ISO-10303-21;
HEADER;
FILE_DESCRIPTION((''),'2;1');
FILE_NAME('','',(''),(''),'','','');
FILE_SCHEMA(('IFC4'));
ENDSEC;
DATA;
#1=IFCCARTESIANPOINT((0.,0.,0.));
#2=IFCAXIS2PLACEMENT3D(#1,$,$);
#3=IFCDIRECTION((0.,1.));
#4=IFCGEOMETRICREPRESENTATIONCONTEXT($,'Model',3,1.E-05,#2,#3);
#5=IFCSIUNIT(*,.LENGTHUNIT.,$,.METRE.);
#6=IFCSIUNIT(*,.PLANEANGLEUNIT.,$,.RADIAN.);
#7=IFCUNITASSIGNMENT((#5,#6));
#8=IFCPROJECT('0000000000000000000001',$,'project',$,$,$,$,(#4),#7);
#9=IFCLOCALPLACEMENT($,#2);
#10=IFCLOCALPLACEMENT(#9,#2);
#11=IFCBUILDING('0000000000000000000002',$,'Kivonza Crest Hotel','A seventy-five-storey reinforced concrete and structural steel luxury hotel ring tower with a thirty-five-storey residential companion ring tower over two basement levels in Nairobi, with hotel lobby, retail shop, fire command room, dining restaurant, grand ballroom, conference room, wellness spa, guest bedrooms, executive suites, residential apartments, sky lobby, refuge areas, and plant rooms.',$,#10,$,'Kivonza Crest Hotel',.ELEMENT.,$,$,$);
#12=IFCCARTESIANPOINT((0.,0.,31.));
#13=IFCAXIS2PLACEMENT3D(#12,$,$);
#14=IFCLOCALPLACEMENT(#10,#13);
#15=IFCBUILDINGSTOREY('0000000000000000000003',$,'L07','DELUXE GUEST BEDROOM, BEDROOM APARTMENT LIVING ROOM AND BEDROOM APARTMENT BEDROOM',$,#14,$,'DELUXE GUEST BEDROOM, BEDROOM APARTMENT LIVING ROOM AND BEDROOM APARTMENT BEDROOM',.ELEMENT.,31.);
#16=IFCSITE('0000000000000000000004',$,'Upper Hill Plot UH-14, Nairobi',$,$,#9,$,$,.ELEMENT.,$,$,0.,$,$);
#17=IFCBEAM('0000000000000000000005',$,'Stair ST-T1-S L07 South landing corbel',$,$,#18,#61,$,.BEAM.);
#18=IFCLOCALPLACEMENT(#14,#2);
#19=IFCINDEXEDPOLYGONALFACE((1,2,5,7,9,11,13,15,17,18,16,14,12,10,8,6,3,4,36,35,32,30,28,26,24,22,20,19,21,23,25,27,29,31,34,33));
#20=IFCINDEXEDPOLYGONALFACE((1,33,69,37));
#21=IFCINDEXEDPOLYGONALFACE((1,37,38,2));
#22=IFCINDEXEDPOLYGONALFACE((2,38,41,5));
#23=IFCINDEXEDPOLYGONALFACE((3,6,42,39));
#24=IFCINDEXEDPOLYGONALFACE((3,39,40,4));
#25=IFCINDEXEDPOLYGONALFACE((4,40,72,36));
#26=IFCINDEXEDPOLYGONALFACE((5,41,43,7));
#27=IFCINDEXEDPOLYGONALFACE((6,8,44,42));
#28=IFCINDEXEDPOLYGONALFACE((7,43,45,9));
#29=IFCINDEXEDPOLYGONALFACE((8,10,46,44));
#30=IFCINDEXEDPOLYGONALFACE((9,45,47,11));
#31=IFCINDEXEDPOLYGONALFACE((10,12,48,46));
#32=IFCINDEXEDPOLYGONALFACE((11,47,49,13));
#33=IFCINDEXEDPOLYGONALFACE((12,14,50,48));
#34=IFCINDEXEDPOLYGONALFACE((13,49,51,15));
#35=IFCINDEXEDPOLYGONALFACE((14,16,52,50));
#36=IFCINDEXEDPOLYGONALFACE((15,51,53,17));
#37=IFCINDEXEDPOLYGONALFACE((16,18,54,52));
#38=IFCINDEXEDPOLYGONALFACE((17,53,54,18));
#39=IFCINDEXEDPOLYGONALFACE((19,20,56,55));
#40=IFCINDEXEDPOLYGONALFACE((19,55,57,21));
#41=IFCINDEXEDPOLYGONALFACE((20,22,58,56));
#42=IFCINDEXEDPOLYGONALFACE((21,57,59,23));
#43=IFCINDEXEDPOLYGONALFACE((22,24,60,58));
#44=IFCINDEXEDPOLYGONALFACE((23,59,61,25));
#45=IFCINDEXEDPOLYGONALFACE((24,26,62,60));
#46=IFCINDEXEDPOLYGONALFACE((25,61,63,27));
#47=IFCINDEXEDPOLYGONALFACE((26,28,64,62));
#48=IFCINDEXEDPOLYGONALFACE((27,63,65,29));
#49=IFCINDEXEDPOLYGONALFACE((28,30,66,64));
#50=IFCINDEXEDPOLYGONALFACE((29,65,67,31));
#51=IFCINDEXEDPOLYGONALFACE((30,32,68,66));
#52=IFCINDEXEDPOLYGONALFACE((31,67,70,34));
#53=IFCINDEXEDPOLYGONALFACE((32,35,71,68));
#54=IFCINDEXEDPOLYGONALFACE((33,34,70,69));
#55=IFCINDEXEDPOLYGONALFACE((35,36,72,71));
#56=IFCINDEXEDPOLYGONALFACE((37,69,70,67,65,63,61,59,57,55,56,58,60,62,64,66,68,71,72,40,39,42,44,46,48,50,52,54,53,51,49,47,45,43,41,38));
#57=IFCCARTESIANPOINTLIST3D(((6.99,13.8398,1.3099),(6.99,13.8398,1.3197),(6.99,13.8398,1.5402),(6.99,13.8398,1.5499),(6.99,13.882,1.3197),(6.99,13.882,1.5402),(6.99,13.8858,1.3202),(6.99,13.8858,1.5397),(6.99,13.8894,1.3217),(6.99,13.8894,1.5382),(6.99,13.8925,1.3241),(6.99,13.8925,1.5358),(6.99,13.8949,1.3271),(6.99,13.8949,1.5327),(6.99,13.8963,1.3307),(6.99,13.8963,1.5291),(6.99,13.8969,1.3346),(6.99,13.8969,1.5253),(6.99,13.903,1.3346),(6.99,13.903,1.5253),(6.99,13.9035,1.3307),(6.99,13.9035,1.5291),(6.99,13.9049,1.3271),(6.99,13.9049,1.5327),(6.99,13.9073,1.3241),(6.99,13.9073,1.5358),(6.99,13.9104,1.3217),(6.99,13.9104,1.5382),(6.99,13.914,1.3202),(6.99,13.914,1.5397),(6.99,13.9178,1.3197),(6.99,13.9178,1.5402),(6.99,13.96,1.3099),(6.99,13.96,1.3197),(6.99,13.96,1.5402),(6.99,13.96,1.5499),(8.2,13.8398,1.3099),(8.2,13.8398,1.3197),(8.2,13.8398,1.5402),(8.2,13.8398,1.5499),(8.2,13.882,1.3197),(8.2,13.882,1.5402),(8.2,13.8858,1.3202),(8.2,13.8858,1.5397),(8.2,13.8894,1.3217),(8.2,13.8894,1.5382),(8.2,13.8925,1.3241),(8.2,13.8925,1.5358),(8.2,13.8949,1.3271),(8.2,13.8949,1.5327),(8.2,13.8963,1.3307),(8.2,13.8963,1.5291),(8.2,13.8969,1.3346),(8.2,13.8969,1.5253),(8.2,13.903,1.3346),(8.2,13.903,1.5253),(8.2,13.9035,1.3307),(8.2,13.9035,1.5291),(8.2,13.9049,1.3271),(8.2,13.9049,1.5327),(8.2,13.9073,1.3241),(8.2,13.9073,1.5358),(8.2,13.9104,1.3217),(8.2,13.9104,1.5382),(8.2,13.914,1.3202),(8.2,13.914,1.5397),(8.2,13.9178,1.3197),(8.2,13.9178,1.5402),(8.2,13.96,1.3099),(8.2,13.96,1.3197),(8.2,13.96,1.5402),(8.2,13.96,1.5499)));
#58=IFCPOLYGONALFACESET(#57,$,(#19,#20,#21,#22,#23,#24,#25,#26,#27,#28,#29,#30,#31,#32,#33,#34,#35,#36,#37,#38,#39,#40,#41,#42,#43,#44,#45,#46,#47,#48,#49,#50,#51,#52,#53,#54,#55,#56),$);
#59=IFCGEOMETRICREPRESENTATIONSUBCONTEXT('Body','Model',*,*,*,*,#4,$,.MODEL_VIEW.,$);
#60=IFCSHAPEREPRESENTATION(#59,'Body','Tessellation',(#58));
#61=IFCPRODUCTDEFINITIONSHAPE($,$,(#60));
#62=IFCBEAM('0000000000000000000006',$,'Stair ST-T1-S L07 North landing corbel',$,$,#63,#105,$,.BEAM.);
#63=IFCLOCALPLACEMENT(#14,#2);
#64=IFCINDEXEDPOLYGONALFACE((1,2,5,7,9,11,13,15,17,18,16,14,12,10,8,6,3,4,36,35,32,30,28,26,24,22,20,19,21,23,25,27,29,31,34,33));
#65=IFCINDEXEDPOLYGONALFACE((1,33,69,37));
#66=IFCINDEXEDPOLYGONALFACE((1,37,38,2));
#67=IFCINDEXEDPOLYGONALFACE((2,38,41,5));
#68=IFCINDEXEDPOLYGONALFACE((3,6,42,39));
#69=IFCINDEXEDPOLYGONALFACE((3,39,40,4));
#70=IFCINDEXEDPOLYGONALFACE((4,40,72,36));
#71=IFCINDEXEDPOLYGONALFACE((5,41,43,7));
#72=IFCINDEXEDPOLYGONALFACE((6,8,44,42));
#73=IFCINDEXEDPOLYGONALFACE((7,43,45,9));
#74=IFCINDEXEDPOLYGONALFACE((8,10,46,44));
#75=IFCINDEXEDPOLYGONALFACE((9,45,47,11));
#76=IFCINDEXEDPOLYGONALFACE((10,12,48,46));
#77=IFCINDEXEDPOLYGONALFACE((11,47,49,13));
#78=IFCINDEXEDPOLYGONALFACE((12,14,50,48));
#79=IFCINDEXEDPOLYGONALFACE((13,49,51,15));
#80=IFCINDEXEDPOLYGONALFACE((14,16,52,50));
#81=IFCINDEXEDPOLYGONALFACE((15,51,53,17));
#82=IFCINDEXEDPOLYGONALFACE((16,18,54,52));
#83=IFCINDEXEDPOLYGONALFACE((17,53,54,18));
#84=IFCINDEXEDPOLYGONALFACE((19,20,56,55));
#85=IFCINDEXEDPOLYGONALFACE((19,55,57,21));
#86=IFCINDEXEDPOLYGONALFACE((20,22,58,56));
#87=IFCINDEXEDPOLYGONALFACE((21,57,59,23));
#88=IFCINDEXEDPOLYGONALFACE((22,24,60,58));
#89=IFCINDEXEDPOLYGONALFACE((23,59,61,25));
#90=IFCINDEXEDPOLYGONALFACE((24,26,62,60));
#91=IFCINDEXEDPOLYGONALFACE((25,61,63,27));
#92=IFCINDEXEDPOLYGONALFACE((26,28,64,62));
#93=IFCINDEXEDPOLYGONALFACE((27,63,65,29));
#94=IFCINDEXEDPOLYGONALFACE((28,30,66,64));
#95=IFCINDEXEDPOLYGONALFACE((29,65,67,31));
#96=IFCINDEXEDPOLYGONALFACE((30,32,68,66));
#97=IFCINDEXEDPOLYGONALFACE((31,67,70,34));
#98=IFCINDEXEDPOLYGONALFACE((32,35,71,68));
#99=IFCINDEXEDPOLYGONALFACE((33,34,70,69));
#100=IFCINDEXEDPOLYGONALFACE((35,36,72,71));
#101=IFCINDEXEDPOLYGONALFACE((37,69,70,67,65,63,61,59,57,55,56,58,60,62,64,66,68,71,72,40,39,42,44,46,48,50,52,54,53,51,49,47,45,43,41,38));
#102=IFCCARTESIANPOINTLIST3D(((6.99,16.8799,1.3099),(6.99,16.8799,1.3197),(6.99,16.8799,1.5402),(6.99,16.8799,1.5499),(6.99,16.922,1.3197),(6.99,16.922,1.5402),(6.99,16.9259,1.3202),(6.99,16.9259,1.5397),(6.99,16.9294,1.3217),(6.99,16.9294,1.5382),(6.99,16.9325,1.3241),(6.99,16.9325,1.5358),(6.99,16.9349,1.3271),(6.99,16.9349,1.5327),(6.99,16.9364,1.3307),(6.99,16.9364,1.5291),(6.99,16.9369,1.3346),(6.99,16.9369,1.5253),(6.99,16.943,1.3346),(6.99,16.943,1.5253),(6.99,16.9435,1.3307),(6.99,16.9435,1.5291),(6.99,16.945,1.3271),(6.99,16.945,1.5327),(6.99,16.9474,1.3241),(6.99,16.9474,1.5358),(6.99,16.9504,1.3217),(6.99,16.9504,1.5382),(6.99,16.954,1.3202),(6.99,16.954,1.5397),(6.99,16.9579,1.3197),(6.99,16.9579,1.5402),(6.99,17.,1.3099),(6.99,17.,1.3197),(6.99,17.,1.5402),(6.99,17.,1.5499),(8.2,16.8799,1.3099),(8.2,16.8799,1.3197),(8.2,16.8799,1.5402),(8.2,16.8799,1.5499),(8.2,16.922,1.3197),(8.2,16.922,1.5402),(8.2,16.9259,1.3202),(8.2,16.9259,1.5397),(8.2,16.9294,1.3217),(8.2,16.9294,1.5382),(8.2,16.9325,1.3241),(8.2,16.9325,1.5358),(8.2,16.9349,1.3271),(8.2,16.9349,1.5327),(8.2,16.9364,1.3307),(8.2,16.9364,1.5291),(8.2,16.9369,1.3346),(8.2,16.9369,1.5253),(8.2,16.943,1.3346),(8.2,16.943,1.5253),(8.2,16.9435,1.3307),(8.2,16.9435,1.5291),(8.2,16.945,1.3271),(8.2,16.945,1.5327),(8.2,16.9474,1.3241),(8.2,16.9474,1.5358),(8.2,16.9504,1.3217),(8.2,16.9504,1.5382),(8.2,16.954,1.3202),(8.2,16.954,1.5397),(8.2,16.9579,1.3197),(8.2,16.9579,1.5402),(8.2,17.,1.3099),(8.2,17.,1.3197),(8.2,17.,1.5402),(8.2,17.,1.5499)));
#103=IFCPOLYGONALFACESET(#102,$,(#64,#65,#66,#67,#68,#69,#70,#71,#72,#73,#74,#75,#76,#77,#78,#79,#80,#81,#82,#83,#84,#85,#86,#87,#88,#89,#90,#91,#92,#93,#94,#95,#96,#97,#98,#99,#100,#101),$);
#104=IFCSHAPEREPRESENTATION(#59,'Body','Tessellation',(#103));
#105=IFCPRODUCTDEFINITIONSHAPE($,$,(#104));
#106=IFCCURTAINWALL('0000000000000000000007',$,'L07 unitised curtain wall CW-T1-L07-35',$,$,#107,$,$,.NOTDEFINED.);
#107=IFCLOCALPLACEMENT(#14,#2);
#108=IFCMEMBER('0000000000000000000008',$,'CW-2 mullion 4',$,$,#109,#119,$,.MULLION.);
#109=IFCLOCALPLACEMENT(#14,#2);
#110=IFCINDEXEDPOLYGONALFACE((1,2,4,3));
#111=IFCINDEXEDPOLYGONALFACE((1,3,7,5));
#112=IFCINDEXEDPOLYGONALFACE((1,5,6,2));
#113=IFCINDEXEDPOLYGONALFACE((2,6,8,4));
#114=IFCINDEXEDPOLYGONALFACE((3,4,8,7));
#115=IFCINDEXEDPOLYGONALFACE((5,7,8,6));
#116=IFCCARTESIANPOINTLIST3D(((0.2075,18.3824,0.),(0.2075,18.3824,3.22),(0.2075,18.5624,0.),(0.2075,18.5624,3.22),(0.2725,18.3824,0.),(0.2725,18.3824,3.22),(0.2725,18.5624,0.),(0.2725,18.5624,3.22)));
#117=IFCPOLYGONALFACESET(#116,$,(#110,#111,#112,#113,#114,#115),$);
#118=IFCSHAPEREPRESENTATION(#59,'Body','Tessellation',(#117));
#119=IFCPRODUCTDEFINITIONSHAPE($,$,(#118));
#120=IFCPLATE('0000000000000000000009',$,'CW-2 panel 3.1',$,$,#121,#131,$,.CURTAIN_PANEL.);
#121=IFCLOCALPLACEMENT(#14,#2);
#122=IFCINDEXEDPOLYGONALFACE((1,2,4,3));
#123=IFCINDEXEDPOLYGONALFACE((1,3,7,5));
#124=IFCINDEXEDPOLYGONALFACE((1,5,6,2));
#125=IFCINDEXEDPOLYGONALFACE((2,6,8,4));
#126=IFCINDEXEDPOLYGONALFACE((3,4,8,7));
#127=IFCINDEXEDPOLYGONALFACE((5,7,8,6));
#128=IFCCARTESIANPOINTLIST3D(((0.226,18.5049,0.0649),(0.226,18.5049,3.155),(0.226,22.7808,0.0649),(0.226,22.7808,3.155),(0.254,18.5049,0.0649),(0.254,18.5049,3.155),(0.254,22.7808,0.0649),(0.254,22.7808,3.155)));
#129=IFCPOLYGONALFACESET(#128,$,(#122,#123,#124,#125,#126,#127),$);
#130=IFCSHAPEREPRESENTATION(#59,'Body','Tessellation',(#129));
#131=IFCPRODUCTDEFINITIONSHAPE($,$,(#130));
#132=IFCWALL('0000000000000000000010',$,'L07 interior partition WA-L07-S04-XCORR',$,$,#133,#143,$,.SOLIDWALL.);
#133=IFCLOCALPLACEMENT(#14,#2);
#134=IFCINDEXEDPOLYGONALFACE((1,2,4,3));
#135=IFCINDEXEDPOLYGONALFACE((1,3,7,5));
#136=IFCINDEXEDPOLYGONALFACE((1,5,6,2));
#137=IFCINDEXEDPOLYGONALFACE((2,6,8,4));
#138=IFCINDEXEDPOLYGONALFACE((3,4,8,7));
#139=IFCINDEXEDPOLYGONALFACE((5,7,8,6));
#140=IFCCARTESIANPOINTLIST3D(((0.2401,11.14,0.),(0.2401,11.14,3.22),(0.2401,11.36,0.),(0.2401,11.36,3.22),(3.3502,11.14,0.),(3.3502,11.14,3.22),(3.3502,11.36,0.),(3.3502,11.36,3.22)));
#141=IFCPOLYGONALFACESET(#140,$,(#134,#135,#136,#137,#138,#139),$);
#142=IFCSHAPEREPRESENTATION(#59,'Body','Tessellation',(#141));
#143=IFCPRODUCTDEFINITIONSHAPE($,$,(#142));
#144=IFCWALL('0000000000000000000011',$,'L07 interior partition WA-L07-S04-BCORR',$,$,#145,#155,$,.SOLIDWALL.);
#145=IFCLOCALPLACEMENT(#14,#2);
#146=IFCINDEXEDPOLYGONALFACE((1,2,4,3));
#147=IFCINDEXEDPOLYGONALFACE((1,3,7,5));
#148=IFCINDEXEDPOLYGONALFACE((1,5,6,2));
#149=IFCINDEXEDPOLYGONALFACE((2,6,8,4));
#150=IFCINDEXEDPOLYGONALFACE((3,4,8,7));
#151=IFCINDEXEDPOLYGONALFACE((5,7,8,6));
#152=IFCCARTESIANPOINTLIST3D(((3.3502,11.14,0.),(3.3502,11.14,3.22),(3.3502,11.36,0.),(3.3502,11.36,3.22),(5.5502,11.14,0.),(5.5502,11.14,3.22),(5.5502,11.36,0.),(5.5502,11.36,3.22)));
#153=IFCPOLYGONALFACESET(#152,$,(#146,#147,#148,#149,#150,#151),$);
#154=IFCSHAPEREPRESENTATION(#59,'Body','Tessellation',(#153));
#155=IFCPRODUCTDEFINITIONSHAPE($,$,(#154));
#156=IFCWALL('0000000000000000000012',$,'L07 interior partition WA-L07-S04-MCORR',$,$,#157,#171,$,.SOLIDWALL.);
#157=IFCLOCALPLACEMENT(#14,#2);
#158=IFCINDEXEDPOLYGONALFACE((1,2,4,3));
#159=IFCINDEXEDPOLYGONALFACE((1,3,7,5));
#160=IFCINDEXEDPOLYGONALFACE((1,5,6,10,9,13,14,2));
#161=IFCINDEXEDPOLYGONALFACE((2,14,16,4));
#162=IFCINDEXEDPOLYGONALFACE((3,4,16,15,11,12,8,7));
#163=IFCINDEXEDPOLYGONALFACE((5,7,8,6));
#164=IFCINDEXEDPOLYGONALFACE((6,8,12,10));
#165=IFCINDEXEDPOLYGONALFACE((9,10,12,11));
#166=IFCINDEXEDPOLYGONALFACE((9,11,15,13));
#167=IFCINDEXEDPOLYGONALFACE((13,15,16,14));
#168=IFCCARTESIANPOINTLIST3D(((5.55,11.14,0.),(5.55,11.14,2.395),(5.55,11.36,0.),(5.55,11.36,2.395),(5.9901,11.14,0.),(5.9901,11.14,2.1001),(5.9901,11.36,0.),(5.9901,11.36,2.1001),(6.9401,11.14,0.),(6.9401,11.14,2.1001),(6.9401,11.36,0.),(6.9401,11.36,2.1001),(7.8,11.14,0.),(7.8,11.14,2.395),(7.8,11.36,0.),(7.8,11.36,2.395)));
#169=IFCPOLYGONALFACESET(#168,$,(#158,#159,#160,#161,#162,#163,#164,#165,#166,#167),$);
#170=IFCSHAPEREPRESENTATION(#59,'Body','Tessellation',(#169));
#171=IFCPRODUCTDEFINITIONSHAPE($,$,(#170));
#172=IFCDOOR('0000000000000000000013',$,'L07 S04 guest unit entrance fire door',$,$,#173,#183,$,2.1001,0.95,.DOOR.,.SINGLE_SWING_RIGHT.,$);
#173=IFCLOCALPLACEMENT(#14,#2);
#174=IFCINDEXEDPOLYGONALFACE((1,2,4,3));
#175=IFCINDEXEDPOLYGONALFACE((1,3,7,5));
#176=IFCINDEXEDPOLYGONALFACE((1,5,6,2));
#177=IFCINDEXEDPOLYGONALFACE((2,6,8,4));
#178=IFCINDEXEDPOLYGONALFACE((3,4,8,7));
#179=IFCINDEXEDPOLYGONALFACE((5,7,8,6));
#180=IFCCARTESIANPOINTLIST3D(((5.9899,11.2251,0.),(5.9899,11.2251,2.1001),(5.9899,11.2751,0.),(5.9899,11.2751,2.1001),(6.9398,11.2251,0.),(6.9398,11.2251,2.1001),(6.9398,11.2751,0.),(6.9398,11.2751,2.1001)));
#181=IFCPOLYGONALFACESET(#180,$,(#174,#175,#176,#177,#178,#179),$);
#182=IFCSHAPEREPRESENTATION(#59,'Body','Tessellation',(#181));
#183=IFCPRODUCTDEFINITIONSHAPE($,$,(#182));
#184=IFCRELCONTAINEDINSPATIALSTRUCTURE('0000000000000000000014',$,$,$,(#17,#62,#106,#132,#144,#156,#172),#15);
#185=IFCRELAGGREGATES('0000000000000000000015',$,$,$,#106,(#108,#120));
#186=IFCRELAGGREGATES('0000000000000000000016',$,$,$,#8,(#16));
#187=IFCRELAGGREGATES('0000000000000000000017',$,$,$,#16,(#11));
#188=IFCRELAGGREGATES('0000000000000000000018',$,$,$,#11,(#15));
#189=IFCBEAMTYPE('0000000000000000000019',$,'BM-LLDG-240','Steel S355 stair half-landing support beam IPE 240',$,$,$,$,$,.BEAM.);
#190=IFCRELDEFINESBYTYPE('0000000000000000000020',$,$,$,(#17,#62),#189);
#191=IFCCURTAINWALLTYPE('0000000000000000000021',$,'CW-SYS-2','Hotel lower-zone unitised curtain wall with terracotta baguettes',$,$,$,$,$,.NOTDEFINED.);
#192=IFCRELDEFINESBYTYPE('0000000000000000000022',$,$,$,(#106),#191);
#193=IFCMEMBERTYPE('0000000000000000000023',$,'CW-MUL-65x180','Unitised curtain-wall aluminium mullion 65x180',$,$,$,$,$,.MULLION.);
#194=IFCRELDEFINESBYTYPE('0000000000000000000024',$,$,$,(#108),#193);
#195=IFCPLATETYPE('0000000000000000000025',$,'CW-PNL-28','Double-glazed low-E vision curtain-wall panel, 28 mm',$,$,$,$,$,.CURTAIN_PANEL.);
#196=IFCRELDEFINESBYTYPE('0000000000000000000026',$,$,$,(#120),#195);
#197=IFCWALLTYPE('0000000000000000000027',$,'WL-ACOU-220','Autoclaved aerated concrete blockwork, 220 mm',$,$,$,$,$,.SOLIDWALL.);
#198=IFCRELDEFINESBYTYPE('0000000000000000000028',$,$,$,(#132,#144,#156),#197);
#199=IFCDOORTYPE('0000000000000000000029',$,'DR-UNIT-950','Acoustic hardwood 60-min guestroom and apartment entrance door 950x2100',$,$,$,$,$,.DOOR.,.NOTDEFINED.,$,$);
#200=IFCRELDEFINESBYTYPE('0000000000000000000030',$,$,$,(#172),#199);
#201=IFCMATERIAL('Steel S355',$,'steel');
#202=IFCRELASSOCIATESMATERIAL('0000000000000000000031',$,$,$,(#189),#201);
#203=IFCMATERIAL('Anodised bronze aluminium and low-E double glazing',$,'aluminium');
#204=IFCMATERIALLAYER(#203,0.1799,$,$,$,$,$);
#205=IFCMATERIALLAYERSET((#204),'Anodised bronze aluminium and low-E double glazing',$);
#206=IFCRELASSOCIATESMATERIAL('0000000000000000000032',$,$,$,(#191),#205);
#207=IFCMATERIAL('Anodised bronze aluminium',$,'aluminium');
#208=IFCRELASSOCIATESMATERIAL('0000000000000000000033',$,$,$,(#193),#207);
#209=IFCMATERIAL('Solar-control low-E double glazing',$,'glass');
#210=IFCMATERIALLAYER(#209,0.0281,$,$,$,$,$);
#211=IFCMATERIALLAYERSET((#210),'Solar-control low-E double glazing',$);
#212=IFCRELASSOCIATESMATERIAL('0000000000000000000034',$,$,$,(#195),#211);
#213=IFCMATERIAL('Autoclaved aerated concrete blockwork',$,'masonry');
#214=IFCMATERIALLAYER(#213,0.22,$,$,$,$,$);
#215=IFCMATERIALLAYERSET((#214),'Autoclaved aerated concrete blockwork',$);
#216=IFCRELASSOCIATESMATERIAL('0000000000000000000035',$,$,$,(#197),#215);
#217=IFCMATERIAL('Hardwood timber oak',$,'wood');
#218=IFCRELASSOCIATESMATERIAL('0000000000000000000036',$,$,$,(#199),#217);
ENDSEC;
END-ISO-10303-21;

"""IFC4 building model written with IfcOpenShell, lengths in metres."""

from ifc_helpers import new_model, si_unit, direction, frame, frame_2d, origin, origin_2d, place, context, subcontext, project, spatial, rectangle, i_section, extrude, material, layer, layer_set, material_profile, profile_set, type_object, element, fill, aggregate, save


model = new_model("IFC4")

# Units and contexts
model_context = context("Model", 3, precision=1e-05, world=origin(), true_north=direction((0.0, 1.0)))
body_context = subcontext(model_context, "Body", "Model", "MODEL_VIEW")
ifc_project = project(units=[si_unit("LENGTHUNIT", "METRE"), si_unit("PLANEANGLEUNIT", "RADIAN")], contexts=[model_context])

# Site, building, storey
site_placement = place(None, origin())
site = spatial("IfcSite", under=ifc_project, at=site_placement, Name="Upper Hill Plot UH-14, Nairobi", CompositionType="ELEMENT", RefElevation=0.0)
building_placement = place(site_placement, origin())
building = spatial("IfcBuilding", under=site, at=building_placement, Name="Kivonza Crest Hotel", Description="A seventy-five-storey reinforced concrete and structural steel luxury hotel ring tower with a thirty-five-storey residential companion ring tower over two basement levels in Nairobi, with hotel lobby, retail shop, fire command room, dining restaurant, grand ballroom, conference room, wellness spa, guest bedrooms, executive suites, residential apartments, sky lobby, refuge areas, and plant rooms.", LongName="Kivonza Crest Hotel", CompositionType="ELEMENT")
storey_placement = place(building_placement, frame((0.0, 0.0, 31.0)))
storey = spatial("IfcBuildingStorey", under=building, at=storey_placement, Name="L07", Description="DELUXE GUEST BEDROOM, BEDROOM APARTMENT LIVING ROOM AND BEDROOM APARTMENT BEDROOM", LongName="DELUXE GUEST BEDROOM, BEDROOM APARTMENT LIVING ROOM AND BEDROOM APARTMENT BEDROOM", CompositionType="ELEMENT", Elevation=31.0)

# Beams
ifc_material_1 = material(Name="Steel S355", Category="steel")
ifc_material_profile_1 = material_profile(ifc_material_1, i_section(OverallWidth=0.1201, OverallDepth=0.24, WebThickness=0.0061, FlangeThickness=0.0098, FilletRadius=0.0149, at=origin_2d()), Name="IPE 240")
ifc_profile_set_1 = profile_set([ifc_material_profile_1], Name="Steel S355")
beam_type_1 = type_object("IfcBeamType", Name="BM-LLDG-240", Description="Steel S355 stair half-landing support beam IPE 240", PredefinedType="BEAM", material=ifc_profile_set_1)
for number, where, z_axis, x_axis, name in (
    (1, (6.99, 13.8999, 1.4299), (1.0, 0.0, 0.0), (0.0, 1.0, 0.0), "Stair ST-T1-S L07 South landing corbel"),
    (2, (6.99, 16.9399, 1.4299), (1.0, 0.0, 0.0), (0.0, 1.0, 0.0), "Stair ST-T1-S L07 North landing corbel"),
):
    element("IfcBeam", number, at=place(storey_placement, frame(where, z_axis=z_axis, x_axis=x_axis)), inside=storey, type_object=beam_type_1, Name=name, PredefinedType="BEAM", context=body_context, shape_type="SweptSolid", body=[
        extrude(i_section(OverallWidth=0.1201, OverallDepth=0.24, WebThickness=0.0061, FlangeThickness=0.0098, FilletRadius=0.0149, at=origin_2d()), origin(), (0.0, 0.0, 1.0), 1.21),
    ])

# Curtain wall, member, plate
ifc_material_2 = material(Name="Anodised bronze aluminium and low-E double glazing", Category="aluminium")
ifc_layer_1 = layer(ifc_material_2, 0.1799)
ifc_layer_set_1 = layer_set([ifc_layer_1], Name="Anodised bronze aluminium and low-E double glazing")
curtain_wall_type = type_object("IfcCurtainWallType", Name="CW-SYS-2", Description="Hotel lower-zone unitised curtain wall with terracotta baguettes", PredefinedType="NOTDEFINED", material=ifc_layer_set_1)
curtain_wall_placement = place(storey_placement, origin())
curtain_wall = element("IfcCurtainWall", 3, at=curtain_wall_placement, inside=storey, type_object=curtain_wall_type, Name="L07 unitised curtain wall CW-T1-L07-35", PredefinedType="NOTDEFINED")
ifc_material_3 = material(Name="Anodised bronze aluminium", Category="aluminium")
ifc_material_profile_2 = material_profile(ifc_material_3, rectangle(XDim=0.0649, YDim=0.1799, at=origin_2d()), Name="CW-M 65x180")
ifc_profile_set_2 = profile_set([ifc_material_profile_2], Name="Anodised bronze aluminium")
member_type = type_object("IfcMemberType", Name="CW-MUL-65x180", Description="Unitised curtain-wall aluminium mullion 65x180", PredefinedType="MULLION", material=ifc_profile_set_2)
member_placement = place(storey_placement, frame((0.24, 18.4724, 0.0), z_axis=(0.0, 0.0, 1.0), x_axis=(1.0, 0.0, 0.0)))
member = element("IfcMember", 4, at=member_placement, type_object=member_type, Name="CW-2 mullion 4", PredefinedType="MULLION", context=body_context, shape_type="SweptSolid", body=[
    extrude(rectangle(XDim=0.0649, YDim=0.1799, at=origin_2d()), origin(), (0.0, 0.0, 1.0), 3.22),
])
ifc_material_4 = material(Name="Solar-control low-E double glazing", Category="glass")
ifc_layer_2 = layer(ifc_material_4, 0.0281)
ifc_layer_set_2 = layer_set([ifc_layer_2], Name="Solar-control low-E double glazing")
plate_type = type_object("IfcPlateType", Name="CW-PNL-28", Description="Double-glazed low-E vision curtain-wall panel, 28 mm", PredefinedType="CURTAIN_PANEL", material=ifc_layer_set_2)
plate_placement = place(storey_placement, frame((0.24, 20.6428, 0.0649), z_axis=(0.0, 0.0, 1.0), x_axis=(0.0, -1.0, 0.0)))
plate = element("IfcPlate", 5, at=plate_placement, type_object=plate_type, Name="CW-2 panel 3.1", PredefinedType="CURTAIN_PANEL", context=body_context, shape_type="SweptSolid", body=[
    extrude(rectangle(XDim=4.2759, YDim=0.0281, at=origin_2d()), origin(), (0.0, 0.0, 1.0), 3.0901),
])
aggregate(curtain_wall, [member, plate])

# Walls
ifc_material_5 = material(Name="Autoclaved aerated concrete blockwork", Category="masonry")
ifc_layer_3 = layer(ifc_material_5, 0.22)
ifc_layer_set_3 = layer_set([ifc_layer_3], Name="Autoclaved aerated concrete blockwork")
wall_type_1 = type_object("IfcWallType", Name="WL-ACOU-220", Description="Autoclaved aerated concrete blockwork, 220 mm", PredefinedType="SOLIDWALL", material=ifc_layer_set_3)
wall_1_placement = place(storey_placement, frame((0.24, 11.25, 0.0), z_axis=(0.0, 0.0, 1.0), x_axis=(1.0, 0.0, 0.0)))
element("IfcWall", 6, at=wall_1_placement, inside=storey, type_object=wall_type_1, Name="L07 interior partition WA-L07-S04-XCORR", PredefinedType="SOLIDWALL", context=body_context, shape_type="SweptSolid", body=[
    extrude(rectangle(XDim=3.1101, YDim=0.22, at=frame_2d((1.5552, 0.0))), origin(), (0.0, 0.0, 1.0), 3.22),
])
wall_2_placement = place(storey_placement, frame((3.3501, 11.25, 0.0), z_axis=(0.0, 0.0, 1.0), x_axis=(1.0, 0.0, 0.0)))
element("IfcWall", 7, at=wall_2_placement, inside=storey, type_object=wall_type_1, Name="L07 interior partition WA-L07-S04-BCORR", PredefinedType="SOLIDWALL", context=body_context, shape_type="SweptSolid", body=[
    extrude(rectangle(XDim=2.2, YDim=0.22, at=frame_2d((1.1001, 0.0))), origin(), (0.0, 0.0, 1.0), 3.22),
])

# Wall, opening, door
wall_3_placement = place(storey_placement, frame((5.55, 11.25, 0.0), z_axis=(0.0, 0.0, 1.0), x_axis=(1.0, 0.0, 0.0)))
wall_3 = element("IfcWall", 8, at=wall_3_placement, inside=storey, type_object=wall_type_1, Name="L07 interior partition WA-L07-S04-MCORR", PredefinedType="SOLIDWALL", context=body_context, shape_type="SweptSolid", body=[
    extrude(rectangle(XDim=2.25, YDim=0.22, at=frame_2d((1.125, 0.0))), origin(), (0.0, 0.0, 1.0), 2.395),
])
opening_1_placement = place(wall_3_placement, frame((0.4399, 0.0, 0.0)))
opening_1 = element("IfcOpeningElement", 9, at=opening_1_placement, cuts=wall_3, PredefinedType="OPENING", context=body_context, shape_type="SweptSolid", body=[
    extrude(rectangle(XDim=0.95, YDim=2.1001, at=frame_2d((0.4751, 1.05))), frame((0.0, 0.1201, 0.0), z_axis=(0.0, -1.0, 0.0), x_axis=(1.0, 0.0, 0.0)), (0.0, 0.0, 1.0), 0.24),
])
ifc_material_6 = material(Name="Hardwood timber oak", Category="wood")
door_type_1 = type_object("IfcDoorType", Name="DR-UNIT-950", Description="Acoustic hardwood 60-min guestroom and apartment entrance door 950x2100", OperationType="NOTDEFINED", PredefinedType="DOOR", material=ifc_material_6)
door_1_placement = place(opening_1_placement, frame((0.95, 0.0, 0.0), z_axis=(0.0, 0.0, 1.0), x_axis=(-1.0, 0.0, 0.0)))
door_1 = element("IfcDoor", 10, at=door_1_placement, inside=storey, type_object=door_type_1, Name="L07 S04 guest unit entrance fire door", OperationType="SINGLE_SWING_RIGHT", OverallHeight=2.1001, OverallWidth=0.95, PredefinedType="DOOR", context=body_context, shape_type="SweptSolid", body=[
    extrude(rectangle(XDim=0.95, YDim=2.1001, at=frame_2d((0.4751, 1.05))), frame((0.0, 0.0249, 0.0), z_axis=(0.0, -1.0, 0.0), x_axis=(1.0, 0.0, 0.0)), (0.0, 0.0, 1.0), 0.05),
])
fill(opening_1, door_1)

save(model, "model.ifc")
